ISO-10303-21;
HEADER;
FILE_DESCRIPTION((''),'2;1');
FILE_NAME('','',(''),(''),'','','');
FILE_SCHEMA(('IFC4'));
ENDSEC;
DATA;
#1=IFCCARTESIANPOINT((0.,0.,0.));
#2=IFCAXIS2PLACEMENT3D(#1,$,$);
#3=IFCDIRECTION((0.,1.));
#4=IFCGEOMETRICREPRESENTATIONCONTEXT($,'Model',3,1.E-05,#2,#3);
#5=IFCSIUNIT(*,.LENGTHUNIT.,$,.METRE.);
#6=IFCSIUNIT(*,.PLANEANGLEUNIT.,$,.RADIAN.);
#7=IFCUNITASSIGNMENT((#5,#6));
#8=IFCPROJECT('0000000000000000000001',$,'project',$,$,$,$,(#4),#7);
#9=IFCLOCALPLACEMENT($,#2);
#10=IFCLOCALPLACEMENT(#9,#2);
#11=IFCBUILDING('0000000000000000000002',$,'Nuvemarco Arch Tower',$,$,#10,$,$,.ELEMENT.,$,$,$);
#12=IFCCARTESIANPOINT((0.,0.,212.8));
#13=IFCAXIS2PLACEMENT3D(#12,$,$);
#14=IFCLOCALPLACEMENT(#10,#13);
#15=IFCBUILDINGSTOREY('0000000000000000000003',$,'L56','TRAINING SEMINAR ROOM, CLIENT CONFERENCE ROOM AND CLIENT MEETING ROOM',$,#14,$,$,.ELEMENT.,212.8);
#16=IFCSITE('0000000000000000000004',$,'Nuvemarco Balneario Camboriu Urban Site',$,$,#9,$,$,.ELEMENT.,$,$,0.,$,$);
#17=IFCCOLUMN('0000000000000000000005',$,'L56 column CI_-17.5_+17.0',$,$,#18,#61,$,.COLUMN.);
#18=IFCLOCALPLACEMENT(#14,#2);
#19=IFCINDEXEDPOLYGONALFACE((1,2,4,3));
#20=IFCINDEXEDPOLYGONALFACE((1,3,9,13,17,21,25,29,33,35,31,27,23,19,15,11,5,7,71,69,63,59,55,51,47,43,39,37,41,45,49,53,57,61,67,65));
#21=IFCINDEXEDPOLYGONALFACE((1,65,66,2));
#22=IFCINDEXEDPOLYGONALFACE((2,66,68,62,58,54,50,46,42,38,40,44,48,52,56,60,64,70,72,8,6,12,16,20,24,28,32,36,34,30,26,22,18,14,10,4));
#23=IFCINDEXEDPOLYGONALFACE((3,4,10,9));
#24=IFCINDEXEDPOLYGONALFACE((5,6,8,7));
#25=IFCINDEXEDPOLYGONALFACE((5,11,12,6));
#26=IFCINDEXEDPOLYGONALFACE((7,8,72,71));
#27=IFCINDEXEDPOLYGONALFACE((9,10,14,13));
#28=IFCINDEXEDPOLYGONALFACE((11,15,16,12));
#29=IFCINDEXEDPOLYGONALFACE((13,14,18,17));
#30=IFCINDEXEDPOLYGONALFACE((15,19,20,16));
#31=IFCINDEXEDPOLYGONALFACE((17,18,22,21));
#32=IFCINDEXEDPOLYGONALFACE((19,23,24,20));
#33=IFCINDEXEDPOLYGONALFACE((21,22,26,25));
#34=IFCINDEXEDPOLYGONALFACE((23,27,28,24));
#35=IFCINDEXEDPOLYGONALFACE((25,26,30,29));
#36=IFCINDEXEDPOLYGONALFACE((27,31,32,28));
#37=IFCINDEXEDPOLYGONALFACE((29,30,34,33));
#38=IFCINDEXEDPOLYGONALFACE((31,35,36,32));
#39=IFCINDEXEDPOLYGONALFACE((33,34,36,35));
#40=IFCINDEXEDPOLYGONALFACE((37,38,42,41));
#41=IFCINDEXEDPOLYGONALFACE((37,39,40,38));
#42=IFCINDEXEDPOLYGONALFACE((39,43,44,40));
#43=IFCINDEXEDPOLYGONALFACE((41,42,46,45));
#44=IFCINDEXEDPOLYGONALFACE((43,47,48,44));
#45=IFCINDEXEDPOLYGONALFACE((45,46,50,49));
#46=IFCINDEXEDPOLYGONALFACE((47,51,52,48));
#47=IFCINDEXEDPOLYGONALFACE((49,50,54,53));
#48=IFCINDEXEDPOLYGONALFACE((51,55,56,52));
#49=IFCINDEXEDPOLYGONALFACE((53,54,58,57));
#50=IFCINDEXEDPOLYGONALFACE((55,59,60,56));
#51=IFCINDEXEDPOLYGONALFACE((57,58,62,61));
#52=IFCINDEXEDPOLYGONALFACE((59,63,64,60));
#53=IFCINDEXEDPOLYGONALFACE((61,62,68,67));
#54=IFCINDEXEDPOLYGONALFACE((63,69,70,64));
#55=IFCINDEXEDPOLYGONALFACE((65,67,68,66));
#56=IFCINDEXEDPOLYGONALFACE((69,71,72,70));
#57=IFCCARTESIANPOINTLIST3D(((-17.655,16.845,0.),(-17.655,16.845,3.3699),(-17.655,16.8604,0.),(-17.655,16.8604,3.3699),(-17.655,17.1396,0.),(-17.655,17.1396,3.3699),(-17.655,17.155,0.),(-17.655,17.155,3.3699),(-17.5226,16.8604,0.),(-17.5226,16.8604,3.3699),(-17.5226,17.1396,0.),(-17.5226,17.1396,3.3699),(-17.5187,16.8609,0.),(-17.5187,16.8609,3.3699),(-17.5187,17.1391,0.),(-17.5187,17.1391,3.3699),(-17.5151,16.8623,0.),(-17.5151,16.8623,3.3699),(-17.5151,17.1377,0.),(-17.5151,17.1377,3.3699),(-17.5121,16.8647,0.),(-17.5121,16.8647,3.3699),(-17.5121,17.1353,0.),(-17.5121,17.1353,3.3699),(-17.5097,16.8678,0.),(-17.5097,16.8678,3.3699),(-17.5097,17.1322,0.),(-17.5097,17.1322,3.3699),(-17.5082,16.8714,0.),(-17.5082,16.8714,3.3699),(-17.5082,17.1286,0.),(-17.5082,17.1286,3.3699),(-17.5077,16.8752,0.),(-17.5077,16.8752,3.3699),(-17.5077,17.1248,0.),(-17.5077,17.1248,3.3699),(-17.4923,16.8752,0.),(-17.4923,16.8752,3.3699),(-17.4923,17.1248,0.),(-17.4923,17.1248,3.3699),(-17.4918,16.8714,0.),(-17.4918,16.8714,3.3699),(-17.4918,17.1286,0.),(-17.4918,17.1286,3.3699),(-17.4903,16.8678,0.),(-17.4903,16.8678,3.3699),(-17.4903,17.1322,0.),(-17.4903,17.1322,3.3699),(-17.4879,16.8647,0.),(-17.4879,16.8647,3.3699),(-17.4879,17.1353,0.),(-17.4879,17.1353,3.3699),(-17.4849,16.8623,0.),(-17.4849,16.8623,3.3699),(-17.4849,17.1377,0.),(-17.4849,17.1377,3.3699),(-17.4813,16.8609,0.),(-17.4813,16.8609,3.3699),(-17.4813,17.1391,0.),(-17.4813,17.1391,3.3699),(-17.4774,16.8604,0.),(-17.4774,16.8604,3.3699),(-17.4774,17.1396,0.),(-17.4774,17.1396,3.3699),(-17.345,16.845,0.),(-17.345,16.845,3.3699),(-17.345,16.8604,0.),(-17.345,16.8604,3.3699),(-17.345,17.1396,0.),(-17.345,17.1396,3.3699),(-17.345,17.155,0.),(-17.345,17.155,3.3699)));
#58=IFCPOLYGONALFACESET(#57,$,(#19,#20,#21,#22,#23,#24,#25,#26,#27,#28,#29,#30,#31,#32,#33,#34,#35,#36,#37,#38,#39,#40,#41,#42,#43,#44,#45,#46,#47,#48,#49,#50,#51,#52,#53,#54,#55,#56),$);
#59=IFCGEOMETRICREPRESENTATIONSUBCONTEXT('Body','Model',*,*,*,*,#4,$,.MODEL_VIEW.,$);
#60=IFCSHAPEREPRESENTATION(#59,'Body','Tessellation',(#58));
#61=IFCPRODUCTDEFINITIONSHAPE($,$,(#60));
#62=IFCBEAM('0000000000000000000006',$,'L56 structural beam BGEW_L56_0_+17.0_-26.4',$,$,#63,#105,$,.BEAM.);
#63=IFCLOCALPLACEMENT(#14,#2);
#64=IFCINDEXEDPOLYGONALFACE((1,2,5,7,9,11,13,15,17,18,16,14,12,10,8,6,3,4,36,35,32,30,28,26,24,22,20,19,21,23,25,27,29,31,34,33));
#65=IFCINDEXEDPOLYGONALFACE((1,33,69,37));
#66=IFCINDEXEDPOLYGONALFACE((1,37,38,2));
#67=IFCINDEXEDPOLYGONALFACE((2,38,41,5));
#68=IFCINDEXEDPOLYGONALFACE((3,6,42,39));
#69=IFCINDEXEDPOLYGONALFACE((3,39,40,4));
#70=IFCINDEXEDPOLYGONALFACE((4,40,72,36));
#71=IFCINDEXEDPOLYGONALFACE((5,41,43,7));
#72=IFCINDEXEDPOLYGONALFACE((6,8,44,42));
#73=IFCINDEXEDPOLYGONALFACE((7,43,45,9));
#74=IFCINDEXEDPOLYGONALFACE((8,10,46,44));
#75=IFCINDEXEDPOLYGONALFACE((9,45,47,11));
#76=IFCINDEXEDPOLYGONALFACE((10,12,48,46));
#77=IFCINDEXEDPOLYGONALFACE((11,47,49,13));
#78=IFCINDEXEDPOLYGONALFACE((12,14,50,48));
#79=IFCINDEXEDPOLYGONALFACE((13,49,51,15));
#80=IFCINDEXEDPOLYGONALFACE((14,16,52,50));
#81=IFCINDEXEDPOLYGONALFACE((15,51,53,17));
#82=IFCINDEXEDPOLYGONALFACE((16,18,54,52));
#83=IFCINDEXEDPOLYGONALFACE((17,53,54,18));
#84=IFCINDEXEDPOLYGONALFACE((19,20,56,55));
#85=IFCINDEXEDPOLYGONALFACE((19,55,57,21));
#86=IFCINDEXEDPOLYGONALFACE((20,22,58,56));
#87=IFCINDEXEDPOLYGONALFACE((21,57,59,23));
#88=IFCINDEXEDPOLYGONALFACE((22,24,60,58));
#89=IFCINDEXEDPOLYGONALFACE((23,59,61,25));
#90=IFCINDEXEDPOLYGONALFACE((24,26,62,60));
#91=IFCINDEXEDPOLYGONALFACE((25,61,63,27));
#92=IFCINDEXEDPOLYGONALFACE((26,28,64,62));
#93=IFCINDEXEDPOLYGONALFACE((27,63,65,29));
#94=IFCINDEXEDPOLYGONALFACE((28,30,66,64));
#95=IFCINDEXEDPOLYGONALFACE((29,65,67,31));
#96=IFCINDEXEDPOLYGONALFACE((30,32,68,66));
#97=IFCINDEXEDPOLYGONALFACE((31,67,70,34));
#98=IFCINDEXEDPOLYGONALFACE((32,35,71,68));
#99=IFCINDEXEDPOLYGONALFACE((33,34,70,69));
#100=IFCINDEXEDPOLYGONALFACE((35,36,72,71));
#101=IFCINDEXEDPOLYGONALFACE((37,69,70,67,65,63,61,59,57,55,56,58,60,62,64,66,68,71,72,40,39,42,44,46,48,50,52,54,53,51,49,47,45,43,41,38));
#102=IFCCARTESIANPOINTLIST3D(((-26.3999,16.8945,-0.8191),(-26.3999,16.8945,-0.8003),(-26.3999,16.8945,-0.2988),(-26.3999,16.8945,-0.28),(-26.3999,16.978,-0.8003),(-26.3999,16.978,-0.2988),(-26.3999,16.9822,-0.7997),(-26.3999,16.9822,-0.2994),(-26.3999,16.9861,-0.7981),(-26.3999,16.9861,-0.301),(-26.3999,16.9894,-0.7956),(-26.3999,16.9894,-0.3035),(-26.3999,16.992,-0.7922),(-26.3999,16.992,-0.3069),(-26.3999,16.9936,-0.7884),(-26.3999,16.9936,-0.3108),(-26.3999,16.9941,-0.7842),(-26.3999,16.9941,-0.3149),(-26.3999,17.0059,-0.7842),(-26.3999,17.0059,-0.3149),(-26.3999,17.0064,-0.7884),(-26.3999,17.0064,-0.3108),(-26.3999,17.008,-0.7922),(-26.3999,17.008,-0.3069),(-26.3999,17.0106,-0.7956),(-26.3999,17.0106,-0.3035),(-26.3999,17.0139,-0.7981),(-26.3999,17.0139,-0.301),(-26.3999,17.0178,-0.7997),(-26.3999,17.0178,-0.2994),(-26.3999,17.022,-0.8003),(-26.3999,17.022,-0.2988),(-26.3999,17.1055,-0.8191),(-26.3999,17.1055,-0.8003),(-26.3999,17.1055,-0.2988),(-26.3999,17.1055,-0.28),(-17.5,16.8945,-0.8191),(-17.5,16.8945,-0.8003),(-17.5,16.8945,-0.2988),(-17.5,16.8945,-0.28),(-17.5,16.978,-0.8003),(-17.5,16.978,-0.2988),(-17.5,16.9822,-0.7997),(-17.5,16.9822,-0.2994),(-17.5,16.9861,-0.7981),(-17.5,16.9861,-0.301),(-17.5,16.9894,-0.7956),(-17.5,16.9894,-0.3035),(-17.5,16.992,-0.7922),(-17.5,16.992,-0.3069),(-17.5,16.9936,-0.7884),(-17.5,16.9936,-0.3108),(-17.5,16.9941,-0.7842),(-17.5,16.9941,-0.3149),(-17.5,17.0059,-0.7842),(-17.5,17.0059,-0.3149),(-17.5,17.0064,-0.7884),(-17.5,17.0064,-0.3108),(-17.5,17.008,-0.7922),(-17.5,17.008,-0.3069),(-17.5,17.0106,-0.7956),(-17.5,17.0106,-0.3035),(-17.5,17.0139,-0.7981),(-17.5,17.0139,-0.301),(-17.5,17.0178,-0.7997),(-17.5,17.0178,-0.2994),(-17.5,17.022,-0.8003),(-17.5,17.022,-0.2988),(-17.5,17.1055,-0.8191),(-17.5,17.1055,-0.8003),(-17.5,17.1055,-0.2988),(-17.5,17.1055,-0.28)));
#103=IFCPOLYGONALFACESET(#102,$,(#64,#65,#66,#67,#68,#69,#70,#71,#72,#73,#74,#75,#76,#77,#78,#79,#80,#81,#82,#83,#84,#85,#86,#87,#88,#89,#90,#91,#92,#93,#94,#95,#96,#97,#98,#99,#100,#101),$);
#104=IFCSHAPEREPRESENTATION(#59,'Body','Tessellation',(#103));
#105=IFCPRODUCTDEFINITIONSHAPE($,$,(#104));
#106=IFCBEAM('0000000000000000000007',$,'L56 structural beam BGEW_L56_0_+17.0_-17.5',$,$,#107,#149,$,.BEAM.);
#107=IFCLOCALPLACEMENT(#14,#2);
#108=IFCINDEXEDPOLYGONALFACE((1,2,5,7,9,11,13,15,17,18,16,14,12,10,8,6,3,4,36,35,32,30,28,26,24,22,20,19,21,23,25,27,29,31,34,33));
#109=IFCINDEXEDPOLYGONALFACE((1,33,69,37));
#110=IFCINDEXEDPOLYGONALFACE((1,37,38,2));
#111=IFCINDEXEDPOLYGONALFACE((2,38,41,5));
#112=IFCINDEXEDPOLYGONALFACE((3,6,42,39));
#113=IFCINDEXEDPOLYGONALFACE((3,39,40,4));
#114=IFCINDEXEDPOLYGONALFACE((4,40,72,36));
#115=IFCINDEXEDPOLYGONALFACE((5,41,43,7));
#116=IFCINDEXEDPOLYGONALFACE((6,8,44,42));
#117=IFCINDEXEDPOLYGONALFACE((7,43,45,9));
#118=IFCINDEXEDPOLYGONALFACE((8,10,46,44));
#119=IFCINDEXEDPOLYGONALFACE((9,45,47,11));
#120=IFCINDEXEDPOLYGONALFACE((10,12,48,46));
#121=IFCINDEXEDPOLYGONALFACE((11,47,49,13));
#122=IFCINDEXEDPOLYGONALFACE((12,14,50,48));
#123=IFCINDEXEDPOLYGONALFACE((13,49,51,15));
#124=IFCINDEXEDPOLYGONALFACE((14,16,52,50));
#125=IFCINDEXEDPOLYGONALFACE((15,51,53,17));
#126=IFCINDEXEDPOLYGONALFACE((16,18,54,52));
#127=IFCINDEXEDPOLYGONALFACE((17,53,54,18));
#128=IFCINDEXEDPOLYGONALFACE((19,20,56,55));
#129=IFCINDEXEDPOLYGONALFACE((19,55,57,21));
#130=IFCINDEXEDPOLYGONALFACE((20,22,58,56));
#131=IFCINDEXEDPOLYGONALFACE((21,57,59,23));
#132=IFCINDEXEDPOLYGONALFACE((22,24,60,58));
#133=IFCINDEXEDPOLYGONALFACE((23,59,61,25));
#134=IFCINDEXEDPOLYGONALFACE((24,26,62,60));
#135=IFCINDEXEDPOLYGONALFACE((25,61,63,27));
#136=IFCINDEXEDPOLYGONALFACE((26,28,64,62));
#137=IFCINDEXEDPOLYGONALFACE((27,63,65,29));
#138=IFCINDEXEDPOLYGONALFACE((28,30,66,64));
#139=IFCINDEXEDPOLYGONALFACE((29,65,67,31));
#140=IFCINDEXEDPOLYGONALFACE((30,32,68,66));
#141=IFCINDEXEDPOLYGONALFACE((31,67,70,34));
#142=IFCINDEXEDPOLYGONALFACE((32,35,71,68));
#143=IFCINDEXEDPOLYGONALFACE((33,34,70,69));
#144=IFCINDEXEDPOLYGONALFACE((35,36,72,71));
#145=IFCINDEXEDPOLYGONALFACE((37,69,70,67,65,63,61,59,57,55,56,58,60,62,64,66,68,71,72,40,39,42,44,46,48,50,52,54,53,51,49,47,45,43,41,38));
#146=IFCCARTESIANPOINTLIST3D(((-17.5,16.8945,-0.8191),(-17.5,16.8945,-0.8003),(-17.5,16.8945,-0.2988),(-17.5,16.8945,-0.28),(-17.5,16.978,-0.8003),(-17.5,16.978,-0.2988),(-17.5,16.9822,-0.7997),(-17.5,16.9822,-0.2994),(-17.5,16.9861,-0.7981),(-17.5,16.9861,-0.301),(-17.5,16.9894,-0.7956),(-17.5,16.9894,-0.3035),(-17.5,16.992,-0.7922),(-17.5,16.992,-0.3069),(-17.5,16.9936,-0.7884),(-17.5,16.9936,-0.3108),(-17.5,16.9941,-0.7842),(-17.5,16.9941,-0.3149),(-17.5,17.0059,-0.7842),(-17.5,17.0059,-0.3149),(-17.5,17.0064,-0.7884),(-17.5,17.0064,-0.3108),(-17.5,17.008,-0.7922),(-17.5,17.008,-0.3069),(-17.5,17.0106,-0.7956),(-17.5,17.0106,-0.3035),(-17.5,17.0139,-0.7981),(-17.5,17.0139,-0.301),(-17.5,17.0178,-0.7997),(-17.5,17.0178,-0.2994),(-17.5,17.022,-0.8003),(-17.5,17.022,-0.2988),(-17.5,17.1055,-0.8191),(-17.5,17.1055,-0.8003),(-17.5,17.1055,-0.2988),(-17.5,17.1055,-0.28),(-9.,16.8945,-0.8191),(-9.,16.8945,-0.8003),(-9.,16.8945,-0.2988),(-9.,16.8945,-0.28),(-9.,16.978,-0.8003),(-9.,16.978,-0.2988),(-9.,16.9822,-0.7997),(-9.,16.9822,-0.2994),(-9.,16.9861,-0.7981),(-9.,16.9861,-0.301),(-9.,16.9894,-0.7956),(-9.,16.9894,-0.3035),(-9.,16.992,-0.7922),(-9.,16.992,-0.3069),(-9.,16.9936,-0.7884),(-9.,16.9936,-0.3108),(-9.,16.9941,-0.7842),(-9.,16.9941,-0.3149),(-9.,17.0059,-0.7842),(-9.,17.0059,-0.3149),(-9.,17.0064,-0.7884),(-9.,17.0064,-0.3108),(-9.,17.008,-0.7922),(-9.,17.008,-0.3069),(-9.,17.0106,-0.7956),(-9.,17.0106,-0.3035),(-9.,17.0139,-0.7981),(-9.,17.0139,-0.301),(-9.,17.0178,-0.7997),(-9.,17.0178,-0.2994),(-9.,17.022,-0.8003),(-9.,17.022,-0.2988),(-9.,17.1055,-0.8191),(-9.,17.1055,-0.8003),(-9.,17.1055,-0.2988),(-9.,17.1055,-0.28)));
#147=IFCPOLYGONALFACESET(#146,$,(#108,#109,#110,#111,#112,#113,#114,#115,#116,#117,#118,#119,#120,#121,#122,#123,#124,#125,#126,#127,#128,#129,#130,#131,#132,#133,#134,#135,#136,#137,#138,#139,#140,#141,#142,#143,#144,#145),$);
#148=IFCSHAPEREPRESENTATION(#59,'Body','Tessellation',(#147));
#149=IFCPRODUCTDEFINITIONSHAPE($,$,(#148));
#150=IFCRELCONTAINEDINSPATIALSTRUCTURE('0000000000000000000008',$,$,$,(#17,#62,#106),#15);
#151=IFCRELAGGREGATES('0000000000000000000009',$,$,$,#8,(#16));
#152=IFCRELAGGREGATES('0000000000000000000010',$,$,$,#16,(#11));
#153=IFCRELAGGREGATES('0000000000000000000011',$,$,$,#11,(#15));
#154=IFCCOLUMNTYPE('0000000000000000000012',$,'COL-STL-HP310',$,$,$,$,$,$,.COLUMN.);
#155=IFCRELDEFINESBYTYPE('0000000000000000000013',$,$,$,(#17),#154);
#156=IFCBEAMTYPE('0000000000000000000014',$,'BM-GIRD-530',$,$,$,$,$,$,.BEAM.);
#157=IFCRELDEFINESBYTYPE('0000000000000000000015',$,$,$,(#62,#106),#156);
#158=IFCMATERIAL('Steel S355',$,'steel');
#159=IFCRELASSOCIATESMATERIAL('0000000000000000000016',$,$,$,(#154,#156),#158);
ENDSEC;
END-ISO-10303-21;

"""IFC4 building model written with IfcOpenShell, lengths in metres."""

from ifc_helpers import new_model, si_unit, direction, frame, origin, origin_2d, place, context, subcontext, project, spatial, i_section, extrude, material, material_profile, profile_set, type_object, element, save


model = new_model("IFC4")

# Units and contexts
model_context = context("Model", 3, precision=1e-05, world=origin(), true_north=direction((0.0, 1.0)))
body_context = subcontext(model_context, "Body", "Model", "MODEL_VIEW")
ifc_project = project(units=[si_unit("LENGTHUNIT", "METRE"), si_unit("PLANEANGLEUNIT", "RADIAN")], contexts=[model_context])

# Site, building, storey
site_placement = place(None, origin())
site = spatial("IfcSite", under=ifc_project, at=site_placement, Name="Nuvemarco Balneario Camboriu Urban Site", CompositionType="ELEMENT", RefElevation=0.0)
building_placement = place(site_placement, origin())
building = spatial("IfcBuilding", under=site, at=building_placement, Name="Nuvemarco Arch Tower", CompositionType="ELEMENT")
storey_placement = place(building_placement, frame((0.0, 0.0, 212.8)))
storey = spatial("IfcBuildingStorey", under=building, at=storey_placement, Name="L56", Description="TRAINING SEMINAR ROOM, CLIENT CONFERENCE ROOM AND CLIENT MEETING ROOM", CompositionType="ELEMENT", Elevation=212.8)

# Column
ifc_material_1 = material(Name="Steel S355", Category="steel")
ifc_material_profile_1 = material_profile(ifc_material_1, i_section(OverallWidth=0.3101, OverallDepth=0.3101, WebThickness=0.0154, FlangeThickness=0.0154, FilletRadius=0.0149, at=origin_2d()), Name="HP310x110")
ifc_profile_set_1 = profile_set([ifc_material_profile_1], Name="Steel S355")
column_type = type_object("IfcColumnType", Name="COL-STL-HP310", PredefinedType="COLUMN", material=ifc_profile_set_1)
column_placement = place(storey_placement, frame((-17.5, 17.0, 0.0), z_axis=(0.0, 0.0, 1.0), x_axis=(1.0, 0.0, 0.0)))
element("IfcColumn", 1, at=column_placement, inside=storey, type_object=column_type, Name="L56 column CI_-17.5_+17.0", PredefinedType="COLUMN", context=body_context, shape_type="SweptSolid", body=[
    extrude(i_section(OverallWidth=0.3101, OverallDepth=0.3101, WebThickness=0.0154, FlangeThickness=0.0154, FilletRadius=0.0149, at=origin_2d()), origin(), (0.0, 0.0, 1.0), 3.3699),
])

# Beams
ifc_material_profile_2 = material_profile(ifc_material_1, i_section(OverallWidth=0.2109, OverallDepth=0.5391, WebThickness=0.0117, FlangeThickness=0.0188, FilletRadius=0.0161, at=origin_2d()), Name="W530x109")
ifc_profile_set_2 = profile_set([ifc_material_profile_2], Name="Steel S355")
beam_type = type_object("IfcBeamType", Name="BM-GIRD-530", PredefinedType="BEAM", material=ifc_profile_set_2)
beam_1_placement = place(storey_placement, frame((-26.3999, 17.0, -0.5496), z_axis=(1.0, 0.0, 0.0), x_axis=(0.0, 1.0, 0.0)))
element("IfcBeam", 2, at=beam_1_placement, inside=storey, type_object=beam_type, Name="L56 structural beam BGEW_L56_0_+17.0_-26.4", PredefinedType="BEAM", context=body_context, shape_type="SweptSolid", body=[
    extrude(i_section(OverallWidth=0.2109, OverallDepth=0.5391, WebThickness=0.0117, FlangeThickness=0.0188, FilletRadius=0.0161, at=origin_2d()), origin(), (0.0, 0.0, 1.0), 8.8999),
])
beam_2_placement = place(storey_placement, frame((-17.5, 17.0, -0.5496), z_axis=(1.0, 0.0, 0.0), x_axis=(0.0, 1.0, 0.0)))
element("IfcBeam", 3, at=beam_2_placement, inside=storey, type_object=beam_type, Name="L56 structural beam BGEW_L56_0_+17.0_-17.5", PredefinedType="BEAM", context=body_context, shape_type="SweptSolid", body=[
    extrude(i_section(OverallWidth=0.2109, OverallDepth=0.5391, WebThickness=0.0117, FlangeThickness=0.0188, FilletRadius=0.0161, at=origin_2d()), origin(), (0.0, 0.0, 1.0), 8.5),
])

save(model, "model.ifc")
